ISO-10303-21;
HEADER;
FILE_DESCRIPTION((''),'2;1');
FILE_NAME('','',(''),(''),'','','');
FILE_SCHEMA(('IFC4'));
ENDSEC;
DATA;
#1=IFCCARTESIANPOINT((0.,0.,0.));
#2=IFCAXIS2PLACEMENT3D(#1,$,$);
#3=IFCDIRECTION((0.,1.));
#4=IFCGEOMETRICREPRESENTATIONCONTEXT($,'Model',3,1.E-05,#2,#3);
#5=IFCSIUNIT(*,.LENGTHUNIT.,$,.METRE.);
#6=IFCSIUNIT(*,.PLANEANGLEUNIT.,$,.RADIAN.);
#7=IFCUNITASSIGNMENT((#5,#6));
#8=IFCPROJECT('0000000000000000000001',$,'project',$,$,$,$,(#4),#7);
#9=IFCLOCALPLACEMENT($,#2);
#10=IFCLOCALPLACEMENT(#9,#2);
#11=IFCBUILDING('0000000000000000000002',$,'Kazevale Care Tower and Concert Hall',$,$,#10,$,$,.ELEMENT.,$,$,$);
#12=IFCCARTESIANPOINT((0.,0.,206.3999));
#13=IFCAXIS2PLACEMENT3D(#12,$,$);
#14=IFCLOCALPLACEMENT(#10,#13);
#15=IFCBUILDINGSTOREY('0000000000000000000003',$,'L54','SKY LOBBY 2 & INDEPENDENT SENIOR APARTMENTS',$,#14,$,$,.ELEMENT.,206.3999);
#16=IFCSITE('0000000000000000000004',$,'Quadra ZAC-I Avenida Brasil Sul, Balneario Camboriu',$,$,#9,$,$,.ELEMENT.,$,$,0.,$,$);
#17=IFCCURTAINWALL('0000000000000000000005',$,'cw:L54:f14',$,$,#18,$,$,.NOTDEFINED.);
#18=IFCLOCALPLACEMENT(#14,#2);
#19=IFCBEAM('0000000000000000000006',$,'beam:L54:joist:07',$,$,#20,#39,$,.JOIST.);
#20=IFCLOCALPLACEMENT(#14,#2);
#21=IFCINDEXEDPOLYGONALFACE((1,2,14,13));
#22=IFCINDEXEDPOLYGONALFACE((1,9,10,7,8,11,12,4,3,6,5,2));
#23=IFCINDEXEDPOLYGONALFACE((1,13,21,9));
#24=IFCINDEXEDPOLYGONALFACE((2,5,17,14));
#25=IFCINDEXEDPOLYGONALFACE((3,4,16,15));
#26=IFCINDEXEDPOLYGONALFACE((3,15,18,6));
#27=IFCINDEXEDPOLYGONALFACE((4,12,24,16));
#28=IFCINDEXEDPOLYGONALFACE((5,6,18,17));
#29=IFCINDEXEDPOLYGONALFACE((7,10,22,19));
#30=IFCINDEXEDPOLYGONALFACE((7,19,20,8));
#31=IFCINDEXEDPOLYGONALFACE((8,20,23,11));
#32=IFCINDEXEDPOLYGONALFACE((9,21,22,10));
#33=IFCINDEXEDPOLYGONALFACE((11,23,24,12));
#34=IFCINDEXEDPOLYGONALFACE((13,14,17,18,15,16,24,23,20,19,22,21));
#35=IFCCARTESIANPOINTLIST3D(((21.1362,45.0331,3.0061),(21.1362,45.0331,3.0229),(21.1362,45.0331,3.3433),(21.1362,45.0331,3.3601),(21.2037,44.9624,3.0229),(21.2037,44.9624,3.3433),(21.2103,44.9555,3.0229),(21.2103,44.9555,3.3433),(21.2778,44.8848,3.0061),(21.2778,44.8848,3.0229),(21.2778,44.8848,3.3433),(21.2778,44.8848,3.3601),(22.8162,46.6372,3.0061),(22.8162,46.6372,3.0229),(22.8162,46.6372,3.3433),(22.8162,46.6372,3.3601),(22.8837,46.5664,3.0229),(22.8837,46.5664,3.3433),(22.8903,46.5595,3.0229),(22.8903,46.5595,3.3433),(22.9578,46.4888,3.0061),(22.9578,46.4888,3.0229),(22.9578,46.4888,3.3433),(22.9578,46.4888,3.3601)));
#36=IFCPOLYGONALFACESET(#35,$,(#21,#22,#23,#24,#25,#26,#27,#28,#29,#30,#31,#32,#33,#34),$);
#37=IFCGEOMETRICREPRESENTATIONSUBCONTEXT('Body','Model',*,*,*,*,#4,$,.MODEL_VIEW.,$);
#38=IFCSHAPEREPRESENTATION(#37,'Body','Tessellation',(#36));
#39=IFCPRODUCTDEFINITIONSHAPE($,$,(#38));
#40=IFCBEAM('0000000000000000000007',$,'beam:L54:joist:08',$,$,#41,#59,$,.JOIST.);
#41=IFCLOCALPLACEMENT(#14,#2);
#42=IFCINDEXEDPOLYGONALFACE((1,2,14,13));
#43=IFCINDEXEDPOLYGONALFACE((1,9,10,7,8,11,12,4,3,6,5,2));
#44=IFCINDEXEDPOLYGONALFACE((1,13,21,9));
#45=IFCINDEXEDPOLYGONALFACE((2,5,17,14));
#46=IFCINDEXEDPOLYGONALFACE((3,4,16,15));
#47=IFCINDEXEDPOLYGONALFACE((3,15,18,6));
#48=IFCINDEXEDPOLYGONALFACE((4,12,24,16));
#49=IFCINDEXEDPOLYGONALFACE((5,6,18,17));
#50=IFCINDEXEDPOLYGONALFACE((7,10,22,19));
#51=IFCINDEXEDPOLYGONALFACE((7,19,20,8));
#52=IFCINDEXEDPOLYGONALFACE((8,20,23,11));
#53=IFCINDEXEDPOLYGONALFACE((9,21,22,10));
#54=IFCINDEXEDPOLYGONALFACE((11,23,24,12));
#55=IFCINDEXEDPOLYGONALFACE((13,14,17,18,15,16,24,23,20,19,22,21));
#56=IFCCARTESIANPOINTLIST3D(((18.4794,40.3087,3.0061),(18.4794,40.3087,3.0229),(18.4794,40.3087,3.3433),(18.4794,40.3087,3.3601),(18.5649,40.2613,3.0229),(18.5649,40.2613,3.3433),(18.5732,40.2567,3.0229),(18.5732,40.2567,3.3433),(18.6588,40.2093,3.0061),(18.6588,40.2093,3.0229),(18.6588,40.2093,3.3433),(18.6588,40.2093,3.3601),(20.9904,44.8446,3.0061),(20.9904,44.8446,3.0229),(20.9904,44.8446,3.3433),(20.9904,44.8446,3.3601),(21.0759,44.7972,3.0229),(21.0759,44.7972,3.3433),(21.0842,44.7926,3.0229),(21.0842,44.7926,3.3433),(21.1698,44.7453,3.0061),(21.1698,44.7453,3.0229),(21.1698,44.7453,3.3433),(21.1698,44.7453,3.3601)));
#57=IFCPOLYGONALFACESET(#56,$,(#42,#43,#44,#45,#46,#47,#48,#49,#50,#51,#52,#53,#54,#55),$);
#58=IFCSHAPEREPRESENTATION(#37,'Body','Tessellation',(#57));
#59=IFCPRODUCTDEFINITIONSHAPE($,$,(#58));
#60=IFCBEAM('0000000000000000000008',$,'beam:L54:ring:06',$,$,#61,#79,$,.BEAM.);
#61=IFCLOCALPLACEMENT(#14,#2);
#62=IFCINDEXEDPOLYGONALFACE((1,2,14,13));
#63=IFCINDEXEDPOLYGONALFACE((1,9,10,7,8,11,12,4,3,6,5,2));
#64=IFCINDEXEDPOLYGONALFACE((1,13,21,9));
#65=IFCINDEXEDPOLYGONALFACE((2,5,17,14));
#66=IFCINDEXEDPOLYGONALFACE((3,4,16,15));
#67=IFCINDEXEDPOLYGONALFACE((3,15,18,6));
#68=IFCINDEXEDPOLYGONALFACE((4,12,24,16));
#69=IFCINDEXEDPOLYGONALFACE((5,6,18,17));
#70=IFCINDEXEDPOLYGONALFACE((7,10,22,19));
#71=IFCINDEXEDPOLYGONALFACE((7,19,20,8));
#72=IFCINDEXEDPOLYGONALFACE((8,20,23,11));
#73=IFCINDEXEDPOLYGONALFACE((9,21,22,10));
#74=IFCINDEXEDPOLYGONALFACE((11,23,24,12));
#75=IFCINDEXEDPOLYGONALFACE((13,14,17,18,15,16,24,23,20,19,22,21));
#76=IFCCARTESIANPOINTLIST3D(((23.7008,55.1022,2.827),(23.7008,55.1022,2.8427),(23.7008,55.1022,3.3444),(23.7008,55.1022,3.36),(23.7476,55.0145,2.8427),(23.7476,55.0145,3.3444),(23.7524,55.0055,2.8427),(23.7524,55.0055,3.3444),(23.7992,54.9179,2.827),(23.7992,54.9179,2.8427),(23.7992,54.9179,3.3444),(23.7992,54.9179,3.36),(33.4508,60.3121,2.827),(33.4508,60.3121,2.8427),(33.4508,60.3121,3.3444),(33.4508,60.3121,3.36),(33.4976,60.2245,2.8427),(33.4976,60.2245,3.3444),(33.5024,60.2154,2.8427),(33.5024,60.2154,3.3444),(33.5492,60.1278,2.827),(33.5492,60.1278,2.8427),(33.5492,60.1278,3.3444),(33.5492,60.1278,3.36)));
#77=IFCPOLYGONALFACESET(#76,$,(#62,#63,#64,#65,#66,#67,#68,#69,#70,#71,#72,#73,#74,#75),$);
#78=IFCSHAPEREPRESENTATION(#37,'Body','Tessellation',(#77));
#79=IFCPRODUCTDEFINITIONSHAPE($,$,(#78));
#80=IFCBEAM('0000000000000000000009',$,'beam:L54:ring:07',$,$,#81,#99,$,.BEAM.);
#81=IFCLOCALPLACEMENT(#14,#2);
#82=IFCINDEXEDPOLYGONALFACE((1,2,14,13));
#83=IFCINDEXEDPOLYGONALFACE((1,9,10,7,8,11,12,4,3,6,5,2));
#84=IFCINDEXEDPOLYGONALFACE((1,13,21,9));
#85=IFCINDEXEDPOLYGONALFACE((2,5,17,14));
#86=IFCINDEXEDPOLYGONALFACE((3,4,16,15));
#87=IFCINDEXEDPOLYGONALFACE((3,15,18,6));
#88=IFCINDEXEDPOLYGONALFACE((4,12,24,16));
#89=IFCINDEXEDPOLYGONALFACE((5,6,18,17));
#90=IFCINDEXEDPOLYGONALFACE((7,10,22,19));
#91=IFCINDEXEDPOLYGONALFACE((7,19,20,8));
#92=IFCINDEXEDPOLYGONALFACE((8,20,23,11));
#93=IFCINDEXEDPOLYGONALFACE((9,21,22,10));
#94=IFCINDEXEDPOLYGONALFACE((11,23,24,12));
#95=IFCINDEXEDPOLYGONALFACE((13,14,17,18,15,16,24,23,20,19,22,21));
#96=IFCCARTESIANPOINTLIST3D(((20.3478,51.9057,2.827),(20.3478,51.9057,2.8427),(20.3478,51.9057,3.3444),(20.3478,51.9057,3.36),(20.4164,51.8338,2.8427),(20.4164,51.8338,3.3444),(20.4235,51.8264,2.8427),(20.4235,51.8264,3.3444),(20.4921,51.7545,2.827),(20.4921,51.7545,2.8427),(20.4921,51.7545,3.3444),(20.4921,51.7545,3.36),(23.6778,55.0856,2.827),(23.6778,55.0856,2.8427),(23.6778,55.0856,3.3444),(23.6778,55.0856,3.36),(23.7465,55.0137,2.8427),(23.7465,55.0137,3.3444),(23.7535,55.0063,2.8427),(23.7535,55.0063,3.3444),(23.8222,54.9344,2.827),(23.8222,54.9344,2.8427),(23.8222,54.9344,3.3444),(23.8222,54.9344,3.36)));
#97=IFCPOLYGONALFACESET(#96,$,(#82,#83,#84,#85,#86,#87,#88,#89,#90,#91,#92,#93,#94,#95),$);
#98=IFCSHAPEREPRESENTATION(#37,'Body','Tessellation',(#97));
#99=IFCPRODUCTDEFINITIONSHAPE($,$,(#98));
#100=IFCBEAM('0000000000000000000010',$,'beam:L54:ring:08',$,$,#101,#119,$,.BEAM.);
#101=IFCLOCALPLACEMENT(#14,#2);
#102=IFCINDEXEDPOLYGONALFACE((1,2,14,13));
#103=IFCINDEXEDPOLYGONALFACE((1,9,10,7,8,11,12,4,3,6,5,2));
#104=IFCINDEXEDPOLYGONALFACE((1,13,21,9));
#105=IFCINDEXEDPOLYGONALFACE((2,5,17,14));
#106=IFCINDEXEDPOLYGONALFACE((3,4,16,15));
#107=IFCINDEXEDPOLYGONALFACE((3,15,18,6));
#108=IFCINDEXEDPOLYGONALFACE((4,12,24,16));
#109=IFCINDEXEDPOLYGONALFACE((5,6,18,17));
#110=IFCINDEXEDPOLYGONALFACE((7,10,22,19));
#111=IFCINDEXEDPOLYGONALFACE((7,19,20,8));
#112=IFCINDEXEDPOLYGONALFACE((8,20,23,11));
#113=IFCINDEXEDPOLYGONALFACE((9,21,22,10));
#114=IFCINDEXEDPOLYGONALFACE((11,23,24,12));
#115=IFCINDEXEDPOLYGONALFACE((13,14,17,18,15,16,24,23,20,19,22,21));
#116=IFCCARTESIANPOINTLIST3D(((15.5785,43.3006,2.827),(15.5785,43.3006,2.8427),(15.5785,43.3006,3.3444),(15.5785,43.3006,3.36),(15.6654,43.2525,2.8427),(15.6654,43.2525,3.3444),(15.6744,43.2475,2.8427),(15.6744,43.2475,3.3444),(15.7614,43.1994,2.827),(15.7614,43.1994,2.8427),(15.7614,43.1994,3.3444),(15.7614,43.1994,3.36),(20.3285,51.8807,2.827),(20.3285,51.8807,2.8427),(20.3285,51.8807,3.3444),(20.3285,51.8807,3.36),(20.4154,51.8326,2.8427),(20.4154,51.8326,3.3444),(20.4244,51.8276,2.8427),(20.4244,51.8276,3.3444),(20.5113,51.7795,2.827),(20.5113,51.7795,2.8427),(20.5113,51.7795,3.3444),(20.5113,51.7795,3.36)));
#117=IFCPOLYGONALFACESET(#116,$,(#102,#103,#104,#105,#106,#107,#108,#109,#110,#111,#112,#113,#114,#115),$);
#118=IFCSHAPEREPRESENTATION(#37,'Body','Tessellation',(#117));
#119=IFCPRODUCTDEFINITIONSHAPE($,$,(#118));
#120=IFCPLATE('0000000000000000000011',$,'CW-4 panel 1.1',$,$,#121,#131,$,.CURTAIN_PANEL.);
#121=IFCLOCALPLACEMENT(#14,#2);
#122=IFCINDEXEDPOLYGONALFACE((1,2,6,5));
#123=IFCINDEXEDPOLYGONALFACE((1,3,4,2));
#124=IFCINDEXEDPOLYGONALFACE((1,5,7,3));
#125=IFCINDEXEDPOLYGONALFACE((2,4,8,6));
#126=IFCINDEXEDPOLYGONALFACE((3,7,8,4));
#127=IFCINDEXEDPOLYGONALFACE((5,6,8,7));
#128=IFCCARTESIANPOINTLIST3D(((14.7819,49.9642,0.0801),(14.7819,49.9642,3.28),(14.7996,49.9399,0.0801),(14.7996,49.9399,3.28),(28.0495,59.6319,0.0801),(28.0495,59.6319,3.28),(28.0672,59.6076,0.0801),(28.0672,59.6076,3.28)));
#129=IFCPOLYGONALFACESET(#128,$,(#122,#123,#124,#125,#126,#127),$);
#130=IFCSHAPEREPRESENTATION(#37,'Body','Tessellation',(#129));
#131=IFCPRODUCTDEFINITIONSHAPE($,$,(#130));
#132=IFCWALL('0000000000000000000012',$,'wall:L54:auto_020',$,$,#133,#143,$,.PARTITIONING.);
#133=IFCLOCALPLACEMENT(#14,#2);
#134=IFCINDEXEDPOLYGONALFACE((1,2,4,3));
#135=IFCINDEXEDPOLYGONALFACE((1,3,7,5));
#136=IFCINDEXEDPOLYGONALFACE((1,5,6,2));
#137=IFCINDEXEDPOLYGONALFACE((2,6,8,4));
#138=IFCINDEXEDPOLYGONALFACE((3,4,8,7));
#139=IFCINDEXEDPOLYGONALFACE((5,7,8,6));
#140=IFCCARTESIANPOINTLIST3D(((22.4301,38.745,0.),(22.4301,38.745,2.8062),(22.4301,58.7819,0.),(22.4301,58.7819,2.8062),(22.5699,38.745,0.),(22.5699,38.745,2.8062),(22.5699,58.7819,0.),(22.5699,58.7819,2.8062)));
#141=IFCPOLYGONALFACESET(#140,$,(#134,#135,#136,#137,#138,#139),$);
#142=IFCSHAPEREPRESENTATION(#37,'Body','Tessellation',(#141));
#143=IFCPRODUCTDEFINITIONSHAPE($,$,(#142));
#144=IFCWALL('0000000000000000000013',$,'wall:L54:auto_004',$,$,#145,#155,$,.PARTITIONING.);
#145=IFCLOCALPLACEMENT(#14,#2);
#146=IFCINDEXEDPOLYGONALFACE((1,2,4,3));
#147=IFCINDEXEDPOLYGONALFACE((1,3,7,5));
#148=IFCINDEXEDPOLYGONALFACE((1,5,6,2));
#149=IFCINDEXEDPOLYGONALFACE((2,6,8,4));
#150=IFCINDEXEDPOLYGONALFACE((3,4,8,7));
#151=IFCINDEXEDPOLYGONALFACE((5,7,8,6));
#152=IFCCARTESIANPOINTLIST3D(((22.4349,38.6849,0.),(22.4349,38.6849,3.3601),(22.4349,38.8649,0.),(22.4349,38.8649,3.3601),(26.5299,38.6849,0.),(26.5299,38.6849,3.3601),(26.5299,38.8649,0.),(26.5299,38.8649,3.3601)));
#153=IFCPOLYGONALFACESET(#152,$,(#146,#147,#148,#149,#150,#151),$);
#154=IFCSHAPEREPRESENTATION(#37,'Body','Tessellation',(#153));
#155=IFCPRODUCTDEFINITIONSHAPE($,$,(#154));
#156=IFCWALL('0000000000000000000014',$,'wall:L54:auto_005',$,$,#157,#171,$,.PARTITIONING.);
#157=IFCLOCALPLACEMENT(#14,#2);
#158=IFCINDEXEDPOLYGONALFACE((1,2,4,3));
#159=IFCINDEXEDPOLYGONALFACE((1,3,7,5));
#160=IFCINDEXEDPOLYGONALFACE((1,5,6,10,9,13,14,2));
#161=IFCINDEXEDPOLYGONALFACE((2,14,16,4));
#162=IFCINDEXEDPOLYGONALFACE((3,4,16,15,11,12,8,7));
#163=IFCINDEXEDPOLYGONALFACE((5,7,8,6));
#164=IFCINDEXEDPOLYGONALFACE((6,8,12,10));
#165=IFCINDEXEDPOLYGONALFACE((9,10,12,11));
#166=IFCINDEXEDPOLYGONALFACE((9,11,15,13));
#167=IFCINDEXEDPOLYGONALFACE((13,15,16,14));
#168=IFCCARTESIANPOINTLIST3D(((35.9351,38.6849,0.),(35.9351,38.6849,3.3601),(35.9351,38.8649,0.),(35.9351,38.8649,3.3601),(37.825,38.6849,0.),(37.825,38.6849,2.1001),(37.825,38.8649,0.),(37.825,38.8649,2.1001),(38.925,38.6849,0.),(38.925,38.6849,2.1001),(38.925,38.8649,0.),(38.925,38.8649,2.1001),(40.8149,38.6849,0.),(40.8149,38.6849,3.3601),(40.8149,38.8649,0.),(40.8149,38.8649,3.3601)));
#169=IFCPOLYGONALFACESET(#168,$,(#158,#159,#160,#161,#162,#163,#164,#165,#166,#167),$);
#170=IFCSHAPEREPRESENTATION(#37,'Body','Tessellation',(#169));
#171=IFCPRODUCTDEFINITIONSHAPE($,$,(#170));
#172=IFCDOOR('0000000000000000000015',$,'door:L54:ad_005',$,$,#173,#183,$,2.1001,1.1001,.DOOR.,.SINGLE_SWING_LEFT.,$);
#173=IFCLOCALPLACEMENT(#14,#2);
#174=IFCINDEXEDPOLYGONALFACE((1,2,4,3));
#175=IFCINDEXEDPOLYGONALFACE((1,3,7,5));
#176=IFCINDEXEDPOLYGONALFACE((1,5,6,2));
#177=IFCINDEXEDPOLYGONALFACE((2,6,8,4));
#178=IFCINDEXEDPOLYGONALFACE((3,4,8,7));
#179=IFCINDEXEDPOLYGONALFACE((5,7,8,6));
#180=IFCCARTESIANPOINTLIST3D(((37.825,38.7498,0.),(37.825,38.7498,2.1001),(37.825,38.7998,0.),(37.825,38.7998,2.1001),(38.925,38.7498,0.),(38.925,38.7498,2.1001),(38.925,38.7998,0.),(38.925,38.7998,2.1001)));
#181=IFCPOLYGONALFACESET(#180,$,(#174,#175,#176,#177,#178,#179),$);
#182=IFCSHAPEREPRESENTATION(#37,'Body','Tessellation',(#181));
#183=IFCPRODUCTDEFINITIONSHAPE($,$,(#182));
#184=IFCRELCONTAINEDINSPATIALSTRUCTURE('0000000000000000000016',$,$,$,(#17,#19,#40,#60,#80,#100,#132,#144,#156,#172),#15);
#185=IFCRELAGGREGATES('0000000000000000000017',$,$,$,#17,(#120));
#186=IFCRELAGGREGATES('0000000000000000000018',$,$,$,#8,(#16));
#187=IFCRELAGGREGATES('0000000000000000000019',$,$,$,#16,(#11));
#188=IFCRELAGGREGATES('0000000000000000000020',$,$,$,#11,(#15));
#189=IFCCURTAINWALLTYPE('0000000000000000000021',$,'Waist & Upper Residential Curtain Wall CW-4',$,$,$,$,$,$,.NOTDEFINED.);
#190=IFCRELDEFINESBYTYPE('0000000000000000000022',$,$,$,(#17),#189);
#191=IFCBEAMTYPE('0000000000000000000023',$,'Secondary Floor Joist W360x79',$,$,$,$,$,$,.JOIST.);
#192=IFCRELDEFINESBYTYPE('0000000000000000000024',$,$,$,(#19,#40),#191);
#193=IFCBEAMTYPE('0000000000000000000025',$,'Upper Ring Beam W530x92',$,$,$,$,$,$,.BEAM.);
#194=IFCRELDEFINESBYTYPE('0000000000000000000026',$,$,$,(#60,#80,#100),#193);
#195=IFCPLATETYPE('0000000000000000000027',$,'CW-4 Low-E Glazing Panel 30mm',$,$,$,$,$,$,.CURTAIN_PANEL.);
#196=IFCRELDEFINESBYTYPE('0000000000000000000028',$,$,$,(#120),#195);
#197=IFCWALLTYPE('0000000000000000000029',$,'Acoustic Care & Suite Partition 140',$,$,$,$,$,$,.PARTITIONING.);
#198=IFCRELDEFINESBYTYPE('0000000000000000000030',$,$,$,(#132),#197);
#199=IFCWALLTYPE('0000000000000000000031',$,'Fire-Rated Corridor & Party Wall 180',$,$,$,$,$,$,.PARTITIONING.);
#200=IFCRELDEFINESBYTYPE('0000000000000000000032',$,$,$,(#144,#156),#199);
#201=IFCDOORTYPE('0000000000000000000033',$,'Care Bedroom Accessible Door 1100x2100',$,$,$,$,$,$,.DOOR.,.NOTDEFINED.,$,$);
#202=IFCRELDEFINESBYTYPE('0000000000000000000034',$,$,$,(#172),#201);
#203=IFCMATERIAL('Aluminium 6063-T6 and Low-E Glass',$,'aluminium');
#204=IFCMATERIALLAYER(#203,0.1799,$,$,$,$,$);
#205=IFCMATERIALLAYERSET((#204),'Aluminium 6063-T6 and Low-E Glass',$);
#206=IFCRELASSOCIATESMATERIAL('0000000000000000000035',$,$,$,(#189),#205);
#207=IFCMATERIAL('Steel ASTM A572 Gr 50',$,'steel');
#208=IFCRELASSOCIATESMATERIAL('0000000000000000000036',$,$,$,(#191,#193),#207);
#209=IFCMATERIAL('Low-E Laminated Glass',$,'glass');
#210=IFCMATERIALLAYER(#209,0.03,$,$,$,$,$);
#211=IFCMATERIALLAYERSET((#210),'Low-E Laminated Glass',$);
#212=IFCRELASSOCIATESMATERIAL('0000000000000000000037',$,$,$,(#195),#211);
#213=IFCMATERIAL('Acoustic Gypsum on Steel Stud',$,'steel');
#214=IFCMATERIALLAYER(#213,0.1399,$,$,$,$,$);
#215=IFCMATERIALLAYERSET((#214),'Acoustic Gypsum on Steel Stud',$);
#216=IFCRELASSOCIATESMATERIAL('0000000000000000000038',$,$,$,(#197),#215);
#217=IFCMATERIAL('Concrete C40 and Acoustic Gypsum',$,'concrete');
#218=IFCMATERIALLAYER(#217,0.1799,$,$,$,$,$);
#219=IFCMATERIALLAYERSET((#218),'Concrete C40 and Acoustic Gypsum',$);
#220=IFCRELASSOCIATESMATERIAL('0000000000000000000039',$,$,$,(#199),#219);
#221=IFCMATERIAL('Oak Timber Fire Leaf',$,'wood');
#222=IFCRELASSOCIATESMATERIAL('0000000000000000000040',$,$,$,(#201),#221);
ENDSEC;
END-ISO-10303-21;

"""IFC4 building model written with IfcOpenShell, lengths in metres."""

from ifc_helpers import new_model, si_unit, direction, frame, frame_2d, origin, origin_2d, place, context, subcontext, project, spatial, rectangle, i_section, extrude, material, layer, layer_set, material_profile, profile_set, type_object, element, fill, aggregate, save


model = new_model("IFC4")

# Units and contexts
model_context = context("Model", 3, precision=1e-05, world=origin(), true_north=direction((0.0, 1.0)))
body_context = subcontext(model_context, "Body", "Model", "MODEL_VIEW")
ifc_project = project(units=[si_unit("LENGTHUNIT", "METRE"), si_unit("PLANEANGLEUNIT", "RADIAN")], contexts=[model_context])

# Site, building, storey
site_placement = place(None, origin())
site = spatial("IfcSite", under=ifc_project, at=site_placement, Name="Quadra ZAC-I Avenida Brasil Sul, Balneario Camboriu", CompositionType="ELEMENT", RefElevation=0.0)
building_placement = place(site_placement, origin())
building = spatial("IfcBuilding", under=site, at=building_placement, Name="Kazevale Care Tower and Concert Hall", CompositionType="ELEMENT")
storey_placement = place(building_placement, frame((0.0, 0.0, 206.3999)))
storey = spatial("IfcBuildingStorey", under=building, at=storey_placement, Name="L54", Description="SKY LOBBY 2 & INDEPENDENT SENIOR APARTMENTS", CompositionType="ELEMENT", Elevation=206.3999)

# Curtain wall
ifc_material_1 = material(Name="Aluminium 6063-T6 and Low-E Glass", Category="aluminium")
ifc_layer_1 = layer(ifc_material_1, 0.1799)
ifc_layer_set_1 = layer_set([ifc_layer_1], Name="Aluminium 6063-T6 and Low-E Glass")
curtain_wall_type = type_object("IfcCurtainWallType", Name="Waist & Upper Residential Curtain Wall CW-4", PredefinedType="NOTDEFINED", material=ifc_layer_set_1)
curtain_wall_placement = place(storey_placement, origin())
curtain_wall = element("IfcCurtainWall", 1, at=curtain_wall_placement, inside=storey, type_object=curtain_wall_type, Name="cw:L54:f14", PredefinedType="NOTDEFINED")

# Beams
ifc_material_2 = material(Name="Steel ASTM A572 Gr 50", Category="steel")
ifc_material_profile_1 = material_profile(ifc_material_2, i_section(OverallWidth=0.2051, OverallDepth=0.354, WebThickness=0.0095, FlangeThickness=0.0168, at=origin_2d()), Name="W360x79")
ifc_profile_set_1 = profile_set([ifc_material_profile_1], Name="Steel ASTM A572 Gr 50")
beam_type_1 = type_object("IfcBeamType", Name="Secondary Floor Joist W360x79", PredefinedType="JOIST", material=ifc_profile_set_1)
beam_1_placement = place(storey_placement, frame((22.887, 46.563, 3.1831), z_axis=(-0.723262, -0.690573, 0.0), x_axis=(0.690573, -0.723262, 0.0)))
element("IfcBeam", 2, at=beam_1_placement, inside=storey, type_object=beam_type_1, Name="beam:L54:joist:07", PredefinedType="JOIST", context=body_context, shape_type="SweptSolid", body=[
    extrude(i_section(OverallWidth=0.2051, OverallDepth=0.354, WebThickness=0.0095, FlangeThickness=0.0168, at=origin_2d()), origin(), (0.0, 0.0, 1.0), 2.3228),
])
beam_2_placement = place(storey_placement, frame((21.0801, 44.7949, 3.1831), z_axis=(-0.484323, -0.874889, 0.0), x_axis=(0.874889, -0.484323, 0.0)))
element("IfcBeam", 3, at=beam_2_placement, inside=storey, type_object=beam_type_1, Name="beam:L54:joist:08", PredefinedType="JOIST", context=body_context, shape_type="SweptSolid", body=[
    extrude(i_section(OverallWidth=0.2051, OverallDepth=0.354, WebThickness=0.0095, FlangeThickness=0.0168, at=origin_2d()), origin(), (0.0, 0.0, 1.0), 5.1846),
])
ifc_material_profile_2 = material_profile(ifc_material_2, i_section(OverallWidth=0.209, OverallDepth=0.533, WebThickness=0.0103, FlangeThickness=0.0156, at=origin_2d()), Name="W530x92")
ifc_profile_set_2 = profile_set([ifc_material_profile_2], Name="Steel ASTM A572 Gr 50")
beam_type_2 = type_object("IfcBeamType", Name="Upper Ring Beam W530x92", PredefinedType="BEAM", material=ifc_profile_set_2)
beam_3_placement = place(storey_placement, frame((33.5, 60.22, 3.0935), z_axis=(-0.881979, -0.47129, 0.0), x_axis=(0.47129, -0.881979, 0.0)))
element("IfcBeam", 4, at=beam_3_placement, inside=storey, type_object=beam_type_2, Name="beam:L54:ring:06", PredefinedType="BEAM", context=body_context, shape_type="SweptSolid", body=[
    extrude(i_section(OverallWidth=0.209, OverallDepth=0.533, WebThickness=0.0103, FlangeThickness=0.0156, at=origin_2d()), origin(), (0.0, 0.0, 1.0), 11.0547),
])
beam_4_placement = place(storey_placement, frame((23.75, 55.01, 3.0935), z_axis=(-0.723223, -0.690614, 0.0), x_axis=(0.690614, -0.723223, 0.0)))
element("IfcBeam", 5, at=beam_4_placement, inside=storey, type_object=beam_type_2, Name="beam:L54:ring:07", PredefinedType="BEAM", context=body_context, shape_type="SweptSolid", body=[
    extrude(i_section(OverallWidth=0.209, OverallDepth=0.533, WebThickness=0.0103, FlangeThickness=0.0156, at=origin_2d()), origin(), (0.0, 0.0, 1.0), 4.6045),
])
beam_5_placement = place(storey_placement, frame((20.4199, 51.8301, 3.0935), z_axis=(-0.48434, -0.87488, 0.0), x_axis=(0.87488, -0.48434, 0.0)))
element("IfcBeam", 6, at=beam_5_placement, inside=storey, type_object=beam_type_2, Name="beam:L54:ring:08", PredefinedType="BEAM", context=body_context, shape_type="SweptSolid", body=[
    extrude(i_section(OverallWidth=0.209, OverallDepth=0.533, WebThickness=0.0103, FlangeThickness=0.0156, at=origin_2d()), origin(), (0.0, 0.0, 1.0), 9.8071),
])

# Plate
ifc_material_3 = material(Name="Low-E Laminated Glass", Category="glass")
ifc_layer_2 = layer(ifc_material_3, 0.03)
ifc_layer_set_2 = layer_set([ifc_layer_2], Name="Low-E Laminated Glass")
plate_type = type_object("IfcPlateType", Name="CW-4 Low-E Glazing Panel 30mm", PredefinedType="CURTAIN_PANEL", material=ifc_layer_set_2)
plate_placement = place(storey_placement, frame((21.4246, 54.7859, 0.0801), z_axis=(0.0, 0.0, 1.0), x_axis=(0.808198, 0.58891, 0.0)))
plate = element("IfcPlate", 7, at=plate_placement, type_object=plate_type, Name="CW-4 panel 1.1", PredefinedType="CURTAIN_PANEL", context=body_context, shape_type="SweptSolid", body=[
    extrude(rectangle(XDim=16.4163, YDim=0.03, at=origin_2d()), origin(), (0.0, 0.0, 1.0), 3.2),
])
aggregate(curtain_wall, [plate])

# Walls
ifc_material_4 = material(Name="Acoustic Gypsum on Steel Stud", Category="steel")
ifc_layer_3 = layer(ifc_material_4, 0.1399)
ifc_layer_set_3 = layer_set([ifc_layer_3], Name="Acoustic Gypsum on Steel Stud")
wall_type_1 = type_object("IfcWallType", Name="Acoustic Care & Suite Partition 140", PredefinedType="PARTITIONING", material=ifc_layer_set_3)
wall_1_placement = place(storey_placement, frame((22.5, 58.782, 0.0), z_axis=(0.0, 0.0, 1.0), x_axis=(0.0, -1.0, 0.0)))
element("IfcWall", 8, at=wall_1_placement, inside=storey, type_object=wall_type_1, Name="wall:L54:auto_020", PredefinedType="PARTITIONING", context=body_context, shape_type="SweptSolid", body=[
    extrude(rectangle(XDim=20.0369, YDim=0.1399, at=frame_2d((10.0186, 0.0))), origin(), (0.0, 0.0, 1.0), 2.8062),
])
ifc_material_5 = material(Name="Concrete C40 and Acoustic Gypsum", Category="concrete")
ifc_layer_4 = layer(ifc_material_5, 0.1799)
ifc_layer_set_4 = layer_set([ifc_layer_4], Name="Concrete C40 and Acoustic Gypsum")
wall_type_2 = type_object("IfcWallType", Name="Fire-Rated Corridor & Party Wall 180", PredefinedType="PARTITIONING", material=ifc_layer_set_4)
wall_2_placement = place(storey_placement, frame((22.4351, 38.7749, 0.0), z_axis=(0.0, 0.0, 1.0), x_axis=(1.0, 0.0, 0.0)))
element("IfcWall", 9, at=wall_2_placement, inside=storey, type_object=wall_type_2, Name="wall:L54:auto_004", PredefinedType="PARTITIONING", context=body_context, shape_type="SweptSolid", body=[
    extrude(rectangle(XDim=4.095, YDim=0.1799, at=frame_2d((2.0474, 0.0))), origin(), (0.0, 0.0, 1.0), 3.3601),
])

# Wall, opening, door
wall_3_placement = place(storey_placement, frame((35.9351, 38.7749, 0.0), z_axis=(0.0, 0.0, 1.0), x_axis=(1.0, 0.0, 0.0)))
wall_3 = element("IfcWall", 10, at=wall_3_placement, inside=storey, type_object=wall_type_2, Name="wall:L54:auto_005", PredefinedType="PARTITIONING", context=body_context, shape_type="SweptSolid", body=[
    extrude(rectangle(XDim=4.8799, YDim=0.1799, at=frame_2d((2.4399, 0.0))), origin(), (0.0, 0.0, 1.0), 3.3601),
])
opening_1_placement = place(wall_3_placement, frame((1.8899, 0.0, 0.0)))
opening_1 = element("IfcOpeningElement", 11, at=opening_1_placement, cuts=wall_3, PredefinedType="OPENING", context=body_context, shape_type="SweptSolid", body=[
    extrude(rectangle(XDim=1.1001, YDim=2.1001, at=frame_2d((0.55, 1.05))), frame((0.0, 0.0999, 0.0), z_axis=(0.0, -1.0, 0.0), x_axis=(1.0, 0.0, 0.0)), (0.0, 0.0, 1.0), 0.2),
])
ifc_material_6 = material(Name="Oak Timber Fire Leaf", Category="wood")
door_type = type_object("IfcDoorType", Name="Care Bedroom Accessible Door 1100x2100", OperationType="NOTDEFINED", PredefinedType="DOOR", material=ifc_material_6)
door_placement = place(opening_1_placement, origin())
door = element("IfcDoor", 12, at=door_placement, inside=storey, type_object=door_type, Name="door:L54:ad_005", OperationType="SINGLE_SWING_LEFT", OverallHeight=2.1001, OverallWidth=1.1001, PredefinedType="DOOR", context=body_context, shape_type="SweptSolid", body=[
    extrude(rectangle(XDim=1.1001, YDim=2.1001, at=frame_2d((0.55, 1.05))), frame((0.0, 0.0249, 0.0), z_axis=(0.0, -1.0, 0.0), x_axis=(1.0, 0.0, 0.0)), (0.0, 0.0, 1.0), 0.05),
])
fill(opening_1, door)

save(model, "model.ifc")
